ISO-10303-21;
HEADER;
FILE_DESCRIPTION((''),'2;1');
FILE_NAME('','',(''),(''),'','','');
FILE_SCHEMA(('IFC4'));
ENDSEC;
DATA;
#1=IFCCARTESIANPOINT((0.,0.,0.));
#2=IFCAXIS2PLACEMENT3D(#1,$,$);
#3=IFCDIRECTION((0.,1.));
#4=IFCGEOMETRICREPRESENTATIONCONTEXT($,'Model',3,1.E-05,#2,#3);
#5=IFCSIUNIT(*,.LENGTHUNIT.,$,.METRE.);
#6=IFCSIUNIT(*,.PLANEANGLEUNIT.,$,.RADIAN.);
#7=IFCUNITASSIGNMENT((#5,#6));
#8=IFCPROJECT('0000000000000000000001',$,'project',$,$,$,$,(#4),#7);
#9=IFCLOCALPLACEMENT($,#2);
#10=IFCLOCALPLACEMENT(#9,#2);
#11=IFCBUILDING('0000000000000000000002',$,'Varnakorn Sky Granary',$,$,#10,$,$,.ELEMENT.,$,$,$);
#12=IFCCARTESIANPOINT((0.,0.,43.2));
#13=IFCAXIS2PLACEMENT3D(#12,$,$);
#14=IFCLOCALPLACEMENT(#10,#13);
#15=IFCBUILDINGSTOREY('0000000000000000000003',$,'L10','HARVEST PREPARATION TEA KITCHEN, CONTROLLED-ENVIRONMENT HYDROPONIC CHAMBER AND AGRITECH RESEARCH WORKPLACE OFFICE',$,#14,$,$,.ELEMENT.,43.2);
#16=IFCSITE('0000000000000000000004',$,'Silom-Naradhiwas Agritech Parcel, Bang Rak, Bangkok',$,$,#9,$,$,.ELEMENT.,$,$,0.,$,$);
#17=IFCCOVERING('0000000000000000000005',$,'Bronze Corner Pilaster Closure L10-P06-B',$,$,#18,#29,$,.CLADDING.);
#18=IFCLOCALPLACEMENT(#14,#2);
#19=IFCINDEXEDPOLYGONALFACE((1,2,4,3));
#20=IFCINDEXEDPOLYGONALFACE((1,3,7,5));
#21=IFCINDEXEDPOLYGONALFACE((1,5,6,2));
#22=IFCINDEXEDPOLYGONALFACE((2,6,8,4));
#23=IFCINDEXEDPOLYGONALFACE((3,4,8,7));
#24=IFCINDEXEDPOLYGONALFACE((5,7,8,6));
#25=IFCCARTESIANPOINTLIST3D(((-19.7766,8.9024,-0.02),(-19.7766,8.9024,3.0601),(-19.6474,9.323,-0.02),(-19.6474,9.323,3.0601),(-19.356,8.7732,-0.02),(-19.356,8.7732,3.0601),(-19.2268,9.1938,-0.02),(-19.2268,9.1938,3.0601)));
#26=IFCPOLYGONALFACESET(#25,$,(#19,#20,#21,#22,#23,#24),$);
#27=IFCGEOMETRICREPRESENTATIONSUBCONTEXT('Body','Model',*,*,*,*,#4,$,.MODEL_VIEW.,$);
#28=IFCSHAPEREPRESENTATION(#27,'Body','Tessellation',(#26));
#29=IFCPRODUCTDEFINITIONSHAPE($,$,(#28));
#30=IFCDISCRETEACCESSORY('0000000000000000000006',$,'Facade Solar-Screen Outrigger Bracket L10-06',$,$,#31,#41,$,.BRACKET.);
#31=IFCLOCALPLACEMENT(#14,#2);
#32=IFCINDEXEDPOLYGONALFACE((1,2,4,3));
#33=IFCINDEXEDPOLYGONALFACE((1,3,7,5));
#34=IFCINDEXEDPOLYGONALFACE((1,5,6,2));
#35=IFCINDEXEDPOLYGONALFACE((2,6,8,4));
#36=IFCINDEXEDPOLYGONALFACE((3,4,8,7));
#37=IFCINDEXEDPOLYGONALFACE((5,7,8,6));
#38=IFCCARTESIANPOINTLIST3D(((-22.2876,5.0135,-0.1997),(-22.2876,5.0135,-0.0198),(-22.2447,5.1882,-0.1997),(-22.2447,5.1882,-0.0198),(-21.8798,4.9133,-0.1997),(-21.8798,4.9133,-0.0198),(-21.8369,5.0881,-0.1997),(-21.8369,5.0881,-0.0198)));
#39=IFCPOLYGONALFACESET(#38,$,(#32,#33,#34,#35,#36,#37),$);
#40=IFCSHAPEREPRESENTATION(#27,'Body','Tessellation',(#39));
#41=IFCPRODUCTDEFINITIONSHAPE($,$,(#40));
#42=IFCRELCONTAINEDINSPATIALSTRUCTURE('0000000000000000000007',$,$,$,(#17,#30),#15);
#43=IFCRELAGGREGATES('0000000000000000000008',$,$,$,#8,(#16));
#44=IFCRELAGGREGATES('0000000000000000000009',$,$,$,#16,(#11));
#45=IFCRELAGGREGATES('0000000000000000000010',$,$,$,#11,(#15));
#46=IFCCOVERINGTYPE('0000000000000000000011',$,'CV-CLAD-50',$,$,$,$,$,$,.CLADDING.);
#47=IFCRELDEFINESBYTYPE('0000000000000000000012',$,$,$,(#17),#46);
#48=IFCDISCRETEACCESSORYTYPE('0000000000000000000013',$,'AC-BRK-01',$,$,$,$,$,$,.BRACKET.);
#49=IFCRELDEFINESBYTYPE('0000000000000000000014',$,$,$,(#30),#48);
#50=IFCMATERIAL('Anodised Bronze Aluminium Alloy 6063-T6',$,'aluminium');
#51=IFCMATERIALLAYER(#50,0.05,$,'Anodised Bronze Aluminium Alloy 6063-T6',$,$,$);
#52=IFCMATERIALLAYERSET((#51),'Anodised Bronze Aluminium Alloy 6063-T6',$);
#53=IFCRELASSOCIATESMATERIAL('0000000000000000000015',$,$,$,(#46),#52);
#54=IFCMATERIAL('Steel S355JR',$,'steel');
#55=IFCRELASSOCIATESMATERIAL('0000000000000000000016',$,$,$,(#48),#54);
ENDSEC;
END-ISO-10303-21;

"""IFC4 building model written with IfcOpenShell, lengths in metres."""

from ifc_helpers import new_model, si_unit, direction, frame, origin, origin_2d, place, context, subcontext, project, spatial, rectangle, extrude, source, transform, mapped, material, layer, layer_set, type_object, type_shapes, element, save


model = new_model("IFC4")

# Units and contexts
model_context = context("Model", 3, precision=1e-05, world=origin(), true_north=direction((0.0, 1.0)))
body_context = subcontext(model_context, "Body", "Model", "MODEL_VIEW")
ifc_project = project(units=[si_unit("LENGTHUNIT", "METRE"), si_unit("PLANEANGLEUNIT", "RADIAN")], contexts=[model_context])

# Site, building, storey
site_placement = place(None, origin())
site = spatial("IfcSite", under=ifc_project, at=site_placement, Name="Silom-Naradhiwas Agritech Parcel, Bang Rak, Bangkok", CompositionType="ELEMENT", RefElevation=0.0)
building_placement = place(site_placement, origin())
building = spatial("IfcBuilding", under=site, at=building_placement, Name="Varnakorn Sky Granary", CompositionType="ELEMENT")
storey_placement = place(building_placement, frame((0.0, 0.0, 43.2)))
storey = spatial("IfcBuildingStorey", under=building, at=storey_placement, Name="L10", Description="HARVEST PREPARATION TEA KITCHEN, CONTROLLED-ENVIRONMENT HYDROPONIC CHAMBER AND AGRITECH RESEARCH WORKPLACE OFFICE", CompositionType="ELEMENT", Elevation=43.2)

# Shared definitions
ifc_material_1 = material(Name="Steel S355JR", Category="steel")

# Shared definitions
ifc_material_2 = material(Name="Anodised Bronze Aluminium Alloy 6063-T6", Category="aluminium")

# Covering
ifc_layer_1 = layer(ifc_material_2, 0.05, Name="Anodised Bronze Aluminium Alloy 6063-T6")
ifc_layer_set_1 = layer_set([ifc_layer_1], Name="Anodised Bronze Aluminium Alloy 6063-T6")
covering_type = type_object("IfcCoveringType", Name="CV-CLAD-50", PredefinedType="CLADDING", material=ifc_layer_set_1)
shared_shape_1 = source(origin(), body_context, "Body", "SweptSolid", [
    extrude(rectangle(XDim=0.4399, YDim=0.4399, at=origin_2d()), origin(), (0.0, 0.0, 1.0), 3.0801),
])
type_shapes(covering_type, [shared_shape_1])
covering_placement = place(storey_placement, frame((-19.5017, 9.0481, -0.02), z_axis=(0.0, 0.0, 1.0), x_axis=(0.293707, 0.955896, 0.0)))
element("IfcCovering", 1, at=covering_placement, inside=storey, type_object=covering_type, Name="Bronze Corner Pilaster Closure L10-P06-B", PredefinedType="CLADDING", context=body_context, shape_type="MappedRepresentation", body=[
    mapped(shared_shape_1, transform((0.0, 0.0, 0.0), x_axis=(1.0, 0.0, 0.0), y_axis=(0.0, 1.0, 0.0), z_axis=(0.0, 0.0, 1.0), scale=1.0)),
])

# Discrete accessory
discrete_accessory_type = type_object("IfcDiscreteAccessoryType", Name="AC-BRK-01", PredefinedType="BRACKET", material=ifc_material_1)
shared_shape_2 = source(origin(), body_context, "Body", "SweptSolid", [
    extrude(rectangle(XDim=0.1799, YDim=0.4199, at=origin_2d()), origin(), (0.0, 0.0, 1.0), 0.1799),
])
type_shapes(discrete_accessory_type, [shared_shape_2])
discrete_accessory_placement = place(storey_placement, frame((-22.0623, 5.0508, -0.1997), z_axis=(0.0, 0.0, 1.0), x_axis=(-0.238539, -0.971133, 0.0)))
element("IfcDiscreteAccessory", 2, at=discrete_accessory_placement, inside=storey, type_object=discrete_accessory_type, Name="Facade Solar-Screen Outrigger Bracket L10-06", PredefinedType="BRACKET", context=body_context, shape_type="MappedRepresentation", body=[
    mapped(shared_shape_2, transform((0.0, 0.0, 0.0), x_axis=(1.0, 0.0, 0.0), y_axis=(0.0, 1.0, 0.0), z_axis=(0.0, 0.0, 1.0), scale=1.0)),
])

save(model, "model.ifc")
